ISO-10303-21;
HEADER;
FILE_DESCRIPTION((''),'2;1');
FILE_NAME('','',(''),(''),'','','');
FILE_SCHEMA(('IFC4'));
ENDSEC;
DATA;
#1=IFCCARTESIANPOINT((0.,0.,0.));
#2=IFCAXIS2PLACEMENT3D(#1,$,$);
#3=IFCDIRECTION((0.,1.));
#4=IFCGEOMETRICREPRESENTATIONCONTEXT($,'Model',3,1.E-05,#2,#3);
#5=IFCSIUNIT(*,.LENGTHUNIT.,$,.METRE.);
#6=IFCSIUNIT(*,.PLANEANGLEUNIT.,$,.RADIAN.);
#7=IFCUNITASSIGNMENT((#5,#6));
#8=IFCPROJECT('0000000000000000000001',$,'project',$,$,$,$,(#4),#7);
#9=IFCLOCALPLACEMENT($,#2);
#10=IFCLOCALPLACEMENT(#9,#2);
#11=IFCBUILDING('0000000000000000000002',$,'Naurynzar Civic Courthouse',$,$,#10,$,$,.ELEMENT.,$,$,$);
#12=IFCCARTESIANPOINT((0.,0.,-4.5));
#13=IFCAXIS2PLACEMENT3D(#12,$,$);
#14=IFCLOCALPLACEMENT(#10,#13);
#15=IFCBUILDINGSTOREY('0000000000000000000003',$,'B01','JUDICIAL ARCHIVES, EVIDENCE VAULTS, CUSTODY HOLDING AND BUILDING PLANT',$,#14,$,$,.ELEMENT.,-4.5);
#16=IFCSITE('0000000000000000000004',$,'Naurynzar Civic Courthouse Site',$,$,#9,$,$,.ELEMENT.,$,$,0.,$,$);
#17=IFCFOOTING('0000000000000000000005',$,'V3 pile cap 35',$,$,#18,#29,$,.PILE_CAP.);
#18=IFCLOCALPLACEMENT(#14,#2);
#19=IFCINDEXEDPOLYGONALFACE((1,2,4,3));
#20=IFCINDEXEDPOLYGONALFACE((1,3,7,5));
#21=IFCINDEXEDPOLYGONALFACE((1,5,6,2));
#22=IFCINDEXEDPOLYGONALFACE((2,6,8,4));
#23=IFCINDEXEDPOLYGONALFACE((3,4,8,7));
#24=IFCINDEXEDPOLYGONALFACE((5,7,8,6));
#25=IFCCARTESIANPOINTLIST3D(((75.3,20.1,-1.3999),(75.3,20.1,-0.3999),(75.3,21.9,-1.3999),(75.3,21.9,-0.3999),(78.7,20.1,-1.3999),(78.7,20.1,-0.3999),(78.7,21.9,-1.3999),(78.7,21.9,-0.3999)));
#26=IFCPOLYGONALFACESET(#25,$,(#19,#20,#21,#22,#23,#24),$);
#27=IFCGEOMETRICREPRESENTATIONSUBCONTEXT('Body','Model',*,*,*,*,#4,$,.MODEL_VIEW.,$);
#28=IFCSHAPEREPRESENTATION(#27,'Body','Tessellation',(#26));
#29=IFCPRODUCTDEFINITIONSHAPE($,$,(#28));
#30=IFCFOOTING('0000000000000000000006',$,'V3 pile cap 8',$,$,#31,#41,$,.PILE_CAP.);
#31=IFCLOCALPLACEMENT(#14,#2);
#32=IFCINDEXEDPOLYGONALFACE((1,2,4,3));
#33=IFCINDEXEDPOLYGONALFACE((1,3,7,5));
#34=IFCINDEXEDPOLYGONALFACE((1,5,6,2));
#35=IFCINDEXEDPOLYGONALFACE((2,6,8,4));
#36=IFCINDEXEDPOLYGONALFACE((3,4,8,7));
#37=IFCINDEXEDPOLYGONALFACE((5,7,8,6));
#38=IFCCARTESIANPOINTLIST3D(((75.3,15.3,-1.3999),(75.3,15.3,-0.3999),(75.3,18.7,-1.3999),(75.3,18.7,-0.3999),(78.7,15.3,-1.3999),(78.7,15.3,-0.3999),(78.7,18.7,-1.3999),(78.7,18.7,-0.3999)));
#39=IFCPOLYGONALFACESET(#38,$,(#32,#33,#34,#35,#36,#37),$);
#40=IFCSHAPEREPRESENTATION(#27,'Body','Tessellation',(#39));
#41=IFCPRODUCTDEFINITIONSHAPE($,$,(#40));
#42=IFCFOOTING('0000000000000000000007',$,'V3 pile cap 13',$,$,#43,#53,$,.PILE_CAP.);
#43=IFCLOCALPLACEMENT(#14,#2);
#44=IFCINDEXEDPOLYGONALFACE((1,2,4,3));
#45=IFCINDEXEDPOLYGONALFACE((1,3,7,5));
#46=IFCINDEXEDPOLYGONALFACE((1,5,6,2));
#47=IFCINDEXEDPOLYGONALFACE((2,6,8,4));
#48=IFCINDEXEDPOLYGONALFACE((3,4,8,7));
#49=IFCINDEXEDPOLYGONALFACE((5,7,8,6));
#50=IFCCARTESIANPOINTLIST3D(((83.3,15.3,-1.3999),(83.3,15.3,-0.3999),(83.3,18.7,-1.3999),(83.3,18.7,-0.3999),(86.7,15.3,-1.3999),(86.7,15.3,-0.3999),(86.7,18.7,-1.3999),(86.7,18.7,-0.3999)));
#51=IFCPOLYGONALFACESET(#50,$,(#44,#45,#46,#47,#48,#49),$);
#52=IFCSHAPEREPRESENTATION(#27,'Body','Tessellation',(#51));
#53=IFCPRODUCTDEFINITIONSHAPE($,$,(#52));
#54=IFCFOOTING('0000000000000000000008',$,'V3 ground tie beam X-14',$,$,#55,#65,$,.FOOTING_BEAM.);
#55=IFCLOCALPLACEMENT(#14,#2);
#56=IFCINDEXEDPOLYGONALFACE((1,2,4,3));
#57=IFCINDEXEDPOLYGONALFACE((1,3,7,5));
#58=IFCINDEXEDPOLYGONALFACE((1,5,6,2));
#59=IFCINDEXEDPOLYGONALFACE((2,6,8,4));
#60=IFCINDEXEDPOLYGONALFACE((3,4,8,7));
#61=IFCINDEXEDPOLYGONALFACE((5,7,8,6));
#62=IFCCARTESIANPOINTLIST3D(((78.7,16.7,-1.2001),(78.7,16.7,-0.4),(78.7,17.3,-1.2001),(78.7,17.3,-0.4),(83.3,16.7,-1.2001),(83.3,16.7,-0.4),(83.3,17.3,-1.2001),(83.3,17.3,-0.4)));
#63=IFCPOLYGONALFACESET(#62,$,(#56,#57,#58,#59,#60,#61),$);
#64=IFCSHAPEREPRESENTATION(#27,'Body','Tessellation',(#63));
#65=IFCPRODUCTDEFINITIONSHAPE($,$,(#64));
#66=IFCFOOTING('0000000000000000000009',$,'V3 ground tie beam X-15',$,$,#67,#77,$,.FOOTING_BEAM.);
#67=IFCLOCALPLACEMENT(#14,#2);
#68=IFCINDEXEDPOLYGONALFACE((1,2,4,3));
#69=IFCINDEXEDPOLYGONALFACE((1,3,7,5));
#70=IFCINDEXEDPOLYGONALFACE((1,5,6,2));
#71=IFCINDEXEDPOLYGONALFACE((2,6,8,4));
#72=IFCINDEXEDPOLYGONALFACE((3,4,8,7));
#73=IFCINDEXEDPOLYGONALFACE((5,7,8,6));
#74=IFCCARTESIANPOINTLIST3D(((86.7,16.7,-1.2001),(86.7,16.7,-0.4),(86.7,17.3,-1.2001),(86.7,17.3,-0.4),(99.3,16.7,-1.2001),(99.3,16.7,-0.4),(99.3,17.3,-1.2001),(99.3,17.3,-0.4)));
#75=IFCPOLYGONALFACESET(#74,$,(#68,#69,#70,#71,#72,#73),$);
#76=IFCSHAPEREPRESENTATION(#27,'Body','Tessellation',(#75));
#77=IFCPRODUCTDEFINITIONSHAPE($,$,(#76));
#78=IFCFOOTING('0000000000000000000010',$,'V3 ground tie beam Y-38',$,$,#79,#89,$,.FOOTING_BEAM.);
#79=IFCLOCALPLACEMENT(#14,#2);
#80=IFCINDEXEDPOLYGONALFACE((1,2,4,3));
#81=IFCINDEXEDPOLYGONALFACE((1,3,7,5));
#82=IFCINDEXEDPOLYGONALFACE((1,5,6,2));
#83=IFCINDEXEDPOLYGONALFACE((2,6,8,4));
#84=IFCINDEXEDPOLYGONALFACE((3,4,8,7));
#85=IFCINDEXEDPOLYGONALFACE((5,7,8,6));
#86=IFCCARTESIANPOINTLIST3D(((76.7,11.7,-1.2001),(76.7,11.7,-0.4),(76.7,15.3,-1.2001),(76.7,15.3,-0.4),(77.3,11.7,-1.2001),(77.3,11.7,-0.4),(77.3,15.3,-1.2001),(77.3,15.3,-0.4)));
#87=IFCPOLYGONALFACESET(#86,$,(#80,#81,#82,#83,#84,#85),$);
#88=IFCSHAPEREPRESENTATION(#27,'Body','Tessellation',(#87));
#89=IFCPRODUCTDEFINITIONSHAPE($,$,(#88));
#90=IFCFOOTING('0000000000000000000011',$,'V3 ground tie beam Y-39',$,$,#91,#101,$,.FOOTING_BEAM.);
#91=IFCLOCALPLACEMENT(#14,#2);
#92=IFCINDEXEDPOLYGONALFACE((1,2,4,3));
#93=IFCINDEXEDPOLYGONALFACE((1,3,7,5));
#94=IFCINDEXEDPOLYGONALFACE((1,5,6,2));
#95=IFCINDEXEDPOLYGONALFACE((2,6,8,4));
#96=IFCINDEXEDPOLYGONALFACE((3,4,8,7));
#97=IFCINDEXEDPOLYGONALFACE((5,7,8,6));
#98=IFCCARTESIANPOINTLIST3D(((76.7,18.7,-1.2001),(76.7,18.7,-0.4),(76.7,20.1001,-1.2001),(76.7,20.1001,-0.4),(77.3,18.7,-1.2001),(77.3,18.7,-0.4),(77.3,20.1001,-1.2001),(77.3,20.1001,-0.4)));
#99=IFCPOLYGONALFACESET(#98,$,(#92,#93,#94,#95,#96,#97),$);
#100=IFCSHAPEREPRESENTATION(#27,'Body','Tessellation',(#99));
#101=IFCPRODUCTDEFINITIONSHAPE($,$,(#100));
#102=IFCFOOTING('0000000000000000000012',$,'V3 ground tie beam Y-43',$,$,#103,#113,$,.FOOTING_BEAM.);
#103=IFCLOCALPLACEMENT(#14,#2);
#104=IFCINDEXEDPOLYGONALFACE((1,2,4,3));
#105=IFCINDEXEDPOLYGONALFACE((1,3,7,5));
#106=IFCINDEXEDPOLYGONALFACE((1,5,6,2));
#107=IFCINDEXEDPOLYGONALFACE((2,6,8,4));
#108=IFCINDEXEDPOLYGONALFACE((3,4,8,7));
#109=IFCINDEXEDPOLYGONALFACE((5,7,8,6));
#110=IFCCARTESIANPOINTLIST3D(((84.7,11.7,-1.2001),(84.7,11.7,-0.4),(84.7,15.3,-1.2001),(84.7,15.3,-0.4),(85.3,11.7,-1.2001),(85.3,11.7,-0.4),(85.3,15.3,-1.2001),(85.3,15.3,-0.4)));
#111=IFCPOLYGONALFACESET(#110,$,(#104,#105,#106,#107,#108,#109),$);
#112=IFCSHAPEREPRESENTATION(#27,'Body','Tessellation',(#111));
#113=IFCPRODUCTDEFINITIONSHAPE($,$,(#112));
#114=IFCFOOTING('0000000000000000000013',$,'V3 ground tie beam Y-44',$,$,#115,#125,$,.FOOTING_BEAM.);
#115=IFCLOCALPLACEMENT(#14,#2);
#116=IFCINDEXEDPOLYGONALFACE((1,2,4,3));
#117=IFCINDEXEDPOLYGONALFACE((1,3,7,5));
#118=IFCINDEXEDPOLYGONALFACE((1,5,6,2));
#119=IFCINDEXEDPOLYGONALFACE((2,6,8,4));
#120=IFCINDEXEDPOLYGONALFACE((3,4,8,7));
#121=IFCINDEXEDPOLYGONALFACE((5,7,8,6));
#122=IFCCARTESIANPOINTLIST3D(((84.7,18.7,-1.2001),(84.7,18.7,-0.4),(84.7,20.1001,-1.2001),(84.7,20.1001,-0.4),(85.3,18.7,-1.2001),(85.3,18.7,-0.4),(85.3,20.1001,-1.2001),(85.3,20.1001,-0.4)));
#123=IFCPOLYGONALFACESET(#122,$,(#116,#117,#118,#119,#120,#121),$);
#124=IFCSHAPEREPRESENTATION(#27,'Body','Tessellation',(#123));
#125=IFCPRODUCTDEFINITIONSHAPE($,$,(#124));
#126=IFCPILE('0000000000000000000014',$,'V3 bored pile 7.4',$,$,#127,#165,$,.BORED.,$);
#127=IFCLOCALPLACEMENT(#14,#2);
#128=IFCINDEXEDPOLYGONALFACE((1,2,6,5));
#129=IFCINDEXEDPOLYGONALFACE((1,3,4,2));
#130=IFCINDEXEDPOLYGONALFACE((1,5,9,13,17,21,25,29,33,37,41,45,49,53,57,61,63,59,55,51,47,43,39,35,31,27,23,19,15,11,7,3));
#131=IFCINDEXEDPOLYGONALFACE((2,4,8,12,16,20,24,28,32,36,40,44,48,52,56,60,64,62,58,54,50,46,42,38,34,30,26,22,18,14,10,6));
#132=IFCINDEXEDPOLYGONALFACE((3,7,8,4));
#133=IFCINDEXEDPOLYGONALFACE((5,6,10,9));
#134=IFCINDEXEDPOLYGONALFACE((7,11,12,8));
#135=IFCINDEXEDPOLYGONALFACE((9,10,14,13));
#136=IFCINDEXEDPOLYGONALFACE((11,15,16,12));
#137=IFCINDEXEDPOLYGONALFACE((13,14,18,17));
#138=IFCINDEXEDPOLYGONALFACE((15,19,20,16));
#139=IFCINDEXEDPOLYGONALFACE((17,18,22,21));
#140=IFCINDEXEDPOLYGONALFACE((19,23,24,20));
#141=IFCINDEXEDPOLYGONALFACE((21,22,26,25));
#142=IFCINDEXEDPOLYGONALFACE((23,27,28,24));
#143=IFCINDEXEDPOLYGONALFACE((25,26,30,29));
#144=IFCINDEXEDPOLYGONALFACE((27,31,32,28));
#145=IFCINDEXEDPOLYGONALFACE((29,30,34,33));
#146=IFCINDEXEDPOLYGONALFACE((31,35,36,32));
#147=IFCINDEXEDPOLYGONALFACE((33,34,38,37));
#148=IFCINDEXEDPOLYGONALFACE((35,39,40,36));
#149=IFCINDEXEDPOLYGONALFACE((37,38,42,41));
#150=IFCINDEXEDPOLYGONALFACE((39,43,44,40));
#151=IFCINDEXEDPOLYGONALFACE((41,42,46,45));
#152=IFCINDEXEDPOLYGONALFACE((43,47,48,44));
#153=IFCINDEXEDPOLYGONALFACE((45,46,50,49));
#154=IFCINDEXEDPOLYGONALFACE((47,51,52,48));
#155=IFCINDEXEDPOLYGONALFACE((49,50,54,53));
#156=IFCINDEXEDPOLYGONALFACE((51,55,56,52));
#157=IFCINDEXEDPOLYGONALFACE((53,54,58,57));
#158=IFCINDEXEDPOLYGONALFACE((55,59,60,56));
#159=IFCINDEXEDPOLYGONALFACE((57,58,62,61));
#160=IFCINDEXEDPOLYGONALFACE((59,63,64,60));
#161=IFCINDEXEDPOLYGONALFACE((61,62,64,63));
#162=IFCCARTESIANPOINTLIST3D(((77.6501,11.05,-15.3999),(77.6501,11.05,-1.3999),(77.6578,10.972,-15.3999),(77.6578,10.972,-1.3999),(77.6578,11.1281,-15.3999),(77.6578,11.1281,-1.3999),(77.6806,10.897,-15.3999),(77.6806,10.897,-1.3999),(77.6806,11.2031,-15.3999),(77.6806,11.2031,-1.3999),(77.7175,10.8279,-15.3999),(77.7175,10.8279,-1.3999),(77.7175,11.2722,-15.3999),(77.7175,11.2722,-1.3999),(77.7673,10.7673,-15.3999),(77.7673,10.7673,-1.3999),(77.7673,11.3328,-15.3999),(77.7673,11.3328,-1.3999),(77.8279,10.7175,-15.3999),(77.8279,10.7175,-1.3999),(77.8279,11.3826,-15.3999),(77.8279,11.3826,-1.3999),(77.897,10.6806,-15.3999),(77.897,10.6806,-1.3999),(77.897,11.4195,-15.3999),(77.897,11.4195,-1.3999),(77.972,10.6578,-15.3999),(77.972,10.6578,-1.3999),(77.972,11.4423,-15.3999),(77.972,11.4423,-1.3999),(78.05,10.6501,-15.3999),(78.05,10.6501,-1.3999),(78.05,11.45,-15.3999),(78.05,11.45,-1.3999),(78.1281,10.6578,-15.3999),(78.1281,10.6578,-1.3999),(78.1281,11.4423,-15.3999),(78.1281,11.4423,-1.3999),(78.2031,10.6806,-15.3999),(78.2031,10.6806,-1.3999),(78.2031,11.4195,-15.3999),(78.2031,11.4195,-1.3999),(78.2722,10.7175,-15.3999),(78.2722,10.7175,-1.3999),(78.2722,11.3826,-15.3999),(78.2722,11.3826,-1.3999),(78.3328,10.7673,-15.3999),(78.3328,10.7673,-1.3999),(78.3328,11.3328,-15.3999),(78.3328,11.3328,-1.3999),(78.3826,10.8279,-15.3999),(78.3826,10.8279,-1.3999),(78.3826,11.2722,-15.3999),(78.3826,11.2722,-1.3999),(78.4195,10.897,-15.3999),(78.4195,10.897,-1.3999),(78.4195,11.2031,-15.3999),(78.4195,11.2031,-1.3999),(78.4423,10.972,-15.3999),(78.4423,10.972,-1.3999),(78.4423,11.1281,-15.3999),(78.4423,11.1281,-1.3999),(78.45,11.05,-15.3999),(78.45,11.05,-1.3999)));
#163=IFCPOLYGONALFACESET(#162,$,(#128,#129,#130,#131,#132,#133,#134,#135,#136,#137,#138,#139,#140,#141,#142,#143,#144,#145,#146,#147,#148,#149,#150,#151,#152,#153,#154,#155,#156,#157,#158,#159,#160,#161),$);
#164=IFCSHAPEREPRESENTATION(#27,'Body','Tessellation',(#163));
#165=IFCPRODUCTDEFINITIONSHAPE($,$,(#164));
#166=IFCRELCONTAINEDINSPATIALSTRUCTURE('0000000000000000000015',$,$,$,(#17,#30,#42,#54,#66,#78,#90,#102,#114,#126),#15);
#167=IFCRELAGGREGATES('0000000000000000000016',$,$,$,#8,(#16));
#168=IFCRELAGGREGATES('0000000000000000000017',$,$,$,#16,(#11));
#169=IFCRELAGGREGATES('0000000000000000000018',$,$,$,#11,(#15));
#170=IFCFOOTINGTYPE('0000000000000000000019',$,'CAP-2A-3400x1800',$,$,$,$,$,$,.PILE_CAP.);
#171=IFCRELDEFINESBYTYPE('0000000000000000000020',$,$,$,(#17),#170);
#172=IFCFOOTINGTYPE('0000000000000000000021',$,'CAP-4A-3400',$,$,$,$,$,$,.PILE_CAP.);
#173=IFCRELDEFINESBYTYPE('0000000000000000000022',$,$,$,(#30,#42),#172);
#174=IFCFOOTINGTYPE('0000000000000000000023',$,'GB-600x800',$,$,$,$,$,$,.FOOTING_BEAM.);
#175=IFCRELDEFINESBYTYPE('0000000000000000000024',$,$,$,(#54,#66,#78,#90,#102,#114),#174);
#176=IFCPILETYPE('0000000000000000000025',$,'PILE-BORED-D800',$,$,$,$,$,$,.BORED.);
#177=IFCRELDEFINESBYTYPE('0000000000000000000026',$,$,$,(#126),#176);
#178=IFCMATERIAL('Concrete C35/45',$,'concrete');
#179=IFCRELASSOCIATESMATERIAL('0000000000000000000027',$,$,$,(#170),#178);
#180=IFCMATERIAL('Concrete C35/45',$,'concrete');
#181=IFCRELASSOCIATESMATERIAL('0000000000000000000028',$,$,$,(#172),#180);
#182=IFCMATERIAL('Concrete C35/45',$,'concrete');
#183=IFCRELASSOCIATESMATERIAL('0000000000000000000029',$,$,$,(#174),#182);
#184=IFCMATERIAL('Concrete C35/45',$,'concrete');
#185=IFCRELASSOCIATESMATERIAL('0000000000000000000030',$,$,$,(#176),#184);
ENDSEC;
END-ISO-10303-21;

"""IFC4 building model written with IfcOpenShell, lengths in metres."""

from ifc_helpers import new_model, si_unit, direction, frame, origin, origin_2d, place, context, subcontext, project, spatial, rectangle, circle, extrude, material, material_profile, profile_set, type_object, element, save


model = new_model("IFC4")

# Units and contexts
model_context = context("Model", 3, precision=1e-05, world=origin(), true_north=direction((0.0, 1.0)))
body_context = subcontext(model_context, "Body", "Model", "MODEL_VIEW")
ifc_project = project(units=[si_unit("LENGTHUNIT", "METRE"), si_unit("PLANEANGLEUNIT", "RADIAN")], contexts=[model_context])

# Site, building, storey
site_placement = place(None, origin())
site = spatial("IfcSite", under=ifc_project, at=site_placement, Name="Naurynzar Civic Courthouse Site", CompositionType="ELEMENT", RefElevation=0.0)
building_placement = place(site_placement, origin())
building = spatial("IfcBuilding", under=site, at=building_placement, Name="Naurynzar Civic Courthouse", CompositionType="ELEMENT")
storey_placement = place(building_placement, frame((0.0, 0.0, -4.5)))
storey = spatial("IfcBuildingStorey", under=building, at=storey_placement, Name="B01", Description="JUDICIAL ARCHIVES, EVIDENCE VAULTS, CUSTODY HOLDING AND BUILDING PLANT", CompositionType="ELEMENT", Elevation=-4.5)

# Footings
ifc_material_1 = material(Name="Concrete C35/45", Category="concrete")
footing_type_1 = type_object("IfcFootingType", Name="CAP-2A-3400x1800", PredefinedType="PILE_CAP", material=ifc_material_1)
footing_1_placement = place(storey_placement, frame((77.0, 21.0, -1.3999), z_axis=(0.0, 0.0, 1.0), x_axis=(1.0, 0.0, 0.0)))
element("IfcFooting", 1, at=footing_1_placement, inside=storey, type_object=footing_type_1, Name="V3 pile cap 35", PredefinedType="PILE_CAP", context=body_context, shape_type="SweptSolid", body=[
    extrude(rectangle(XDim=3.3999, YDim=1.8, at=origin_2d()), origin(), (0.0, 0.0, 1.0), 1.0),
])
ifc_material_2 = material(Name="Concrete C35/45", Category="concrete")
footing_type_2 = type_object("IfcFootingType", Name="CAP-4A-3400", PredefinedType="PILE_CAP", material=ifc_material_2)
for number, where, z_axis, x_axis, name in (
    (2, (77.0, 17.0, -1.3999), (0.0, 0.0, 1.0), (1.0, 0.0, 0.0), "V3 pile cap 8"),
    (3, (85.0, 17.0, -1.3999), (0.0, 0.0, 1.0), (1.0, 0.0, 0.0), "V3 pile cap 13"),
):
    element("IfcFooting", number, at=place(storey_placement, frame(where, z_axis=z_axis, x_axis=x_axis)), inside=storey, type_object=footing_type_2, Name=name, PredefinedType="PILE_CAP", context=body_context, shape_type="SweptSolid", body=[
        extrude(rectangle(XDim=3.3999, YDim=3.3999, at=origin_2d()), origin(), (0.0, 0.0, 1.0), 1.0),
    ])
ifc_material_3 = material(Name="Concrete C35/45", Category="concrete")
ifc_material_profile_1 = material_profile(ifc_material_3, rectangle(XDim=0.6001, YDim=0.8, at=origin_2d()), Name="GB 600x800")
ifc_profile_set_1 = profile_set([ifc_material_profile_1], Name="Concrete C35/45")
footing_type_3 = type_object("IfcFootingType", Name="GB-600x800", PredefinedType="FOOTING_BEAM", material=ifc_profile_set_1)
footing_2_placement = place(storey_placement, frame((78.7, 17.0, -0.8), z_axis=(1.0, 0.0, 0.0), x_axis=(0.0, 1.0, 0.0)))
element("IfcFooting", 4, at=footing_2_placement, inside=storey, type_object=footing_type_3, Name="V3 ground tie beam X-14", PredefinedType="FOOTING_BEAM", context=body_context, shape_type="SweptSolid", body=[
    extrude(rectangle(XDim=0.6001, YDim=0.8, at=origin_2d()), origin(), (0.0, 0.0, 1.0), 4.6001),
])
footing_3_placement = place(storey_placement, frame((86.7, 17.0, -0.8), z_axis=(1.0, 0.0, 0.0), x_axis=(0.0, 1.0, 0.0)))
element("IfcFooting", 5, at=footing_3_placement, inside=storey, type_object=footing_type_3, Name="V3 ground tie beam X-15", PredefinedType="FOOTING_BEAM", context=body_context, shape_type="SweptSolid", body=[
    extrude(rectangle(XDim=0.6001, YDim=0.8, at=origin_2d()), origin(), (0.0, 0.0, 1.0), 12.6001),
])
footing_4_placement = place(storey_placement, frame((77.0, 11.7, -0.8), z_axis=(0.0, 1.0, 0.0), x_axis=(-1.0, 0.0, 0.0)))
element("IfcFooting", 6, at=footing_4_placement, inside=storey, type_object=footing_type_3, Name="V3 ground tie beam Y-38", PredefinedType="FOOTING_BEAM", context=body_context, shape_type="SweptSolid", body=[
    extrude(rectangle(XDim=0.6001, YDim=0.8, at=origin_2d()), origin(), (0.0, 0.0, 1.0), 3.6001),
])
footing_5_placement = place(storey_placement, frame((77.0, 18.7, -0.8), z_axis=(0.0, 1.0, 0.0), x_axis=(-1.0, 0.0, 0.0)))
element("IfcFooting", 7, at=footing_5_placement, inside=storey, type_object=footing_type_3, Name="V3 ground tie beam Y-39", PredefinedType="FOOTING_BEAM", context=body_context, shape_type="SweptSolid", body=[
    extrude(rectangle(XDim=0.6001, YDim=0.8, at=origin_2d()), origin(), (0.0, 0.0, 1.0), 1.4001),
])
footing_6_placement = place(storey_placement, frame((85.0, 11.7, -0.8), z_axis=(0.0, 1.0, 0.0), x_axis=(-1.0, 0.0, 0.0)))
element("IfcFooting", 8, at=footing_6_placement, inside=storey, type_object=footing_type_3, Name="V3 ground tie beam Y-43", PredefinedType="FOOTING_BEAM", context=body_context, shape_type="SweptSolid", body=[
    extrude(rectangle(XDim=0.6001, YDim=0.8, at=origin_2d()), origin(), (0.0, 0.0, 1.0), 3.6001),
])
footing_7_placement = place(storey_placement, frame((85.0, 18.7, -0.8), z_axis=(0.0, 1.0, 0.0), x_axis=(-1.0, 0.0, 0.0)))
element("IfcFooting", 9, at=footing_7_placement, inside=storey, type_object=footing_type_3, Name="V3 ground tie beam Y-44", PredefinedType="FOOTING_BEAM", context=body_context, shape_type="SweptSolid", body=[
    extrude(rectangle(XDim=0.6001, YDim=0.8, at=origin_2d()), origin(), (0.0, 0.0, 1.0), 1.4001),
])

# Pile
ifc_material_4 = material(Name="Concrete C35/45", Category="concrete")
ifc_material_profile_2 = material_profile(ifc_material_4, circle(Radius=0.3999, at=origin_2d()), Name="PILE D800")
ifc_profile_set_2 = profile_set([ifc_material_profile_2], Name="Concrete C35/45")
pile_type = type_object("IfcPileType", Name="PILE-BORED-D800", PredefinedType="BORED", material=ifc_profile_set_2)
for number, where, z_axis, x_axis, name in (
    (10, (78.05, 11.05, -1.3999), (0.0, 0.0, -1.0), (1.0, 0.0, 0.0), "V3 bored pile 7.4"),
):
    element("IfcPile", number, at=place(storey_placement, frame(where, z_axis=z_axis, x_axis=x_axis)), inside=storey, type_object=pile_type, Name=name, PredefinedType="BORED", context=body_context, shape_type="SweptSolid", body=[
        extrude(circle(Radius=0.3999, at=origin_2d()), origin(), (0.0, 0.0, 1.0), 14.0),
    ])

save(model, "model.ifc")
